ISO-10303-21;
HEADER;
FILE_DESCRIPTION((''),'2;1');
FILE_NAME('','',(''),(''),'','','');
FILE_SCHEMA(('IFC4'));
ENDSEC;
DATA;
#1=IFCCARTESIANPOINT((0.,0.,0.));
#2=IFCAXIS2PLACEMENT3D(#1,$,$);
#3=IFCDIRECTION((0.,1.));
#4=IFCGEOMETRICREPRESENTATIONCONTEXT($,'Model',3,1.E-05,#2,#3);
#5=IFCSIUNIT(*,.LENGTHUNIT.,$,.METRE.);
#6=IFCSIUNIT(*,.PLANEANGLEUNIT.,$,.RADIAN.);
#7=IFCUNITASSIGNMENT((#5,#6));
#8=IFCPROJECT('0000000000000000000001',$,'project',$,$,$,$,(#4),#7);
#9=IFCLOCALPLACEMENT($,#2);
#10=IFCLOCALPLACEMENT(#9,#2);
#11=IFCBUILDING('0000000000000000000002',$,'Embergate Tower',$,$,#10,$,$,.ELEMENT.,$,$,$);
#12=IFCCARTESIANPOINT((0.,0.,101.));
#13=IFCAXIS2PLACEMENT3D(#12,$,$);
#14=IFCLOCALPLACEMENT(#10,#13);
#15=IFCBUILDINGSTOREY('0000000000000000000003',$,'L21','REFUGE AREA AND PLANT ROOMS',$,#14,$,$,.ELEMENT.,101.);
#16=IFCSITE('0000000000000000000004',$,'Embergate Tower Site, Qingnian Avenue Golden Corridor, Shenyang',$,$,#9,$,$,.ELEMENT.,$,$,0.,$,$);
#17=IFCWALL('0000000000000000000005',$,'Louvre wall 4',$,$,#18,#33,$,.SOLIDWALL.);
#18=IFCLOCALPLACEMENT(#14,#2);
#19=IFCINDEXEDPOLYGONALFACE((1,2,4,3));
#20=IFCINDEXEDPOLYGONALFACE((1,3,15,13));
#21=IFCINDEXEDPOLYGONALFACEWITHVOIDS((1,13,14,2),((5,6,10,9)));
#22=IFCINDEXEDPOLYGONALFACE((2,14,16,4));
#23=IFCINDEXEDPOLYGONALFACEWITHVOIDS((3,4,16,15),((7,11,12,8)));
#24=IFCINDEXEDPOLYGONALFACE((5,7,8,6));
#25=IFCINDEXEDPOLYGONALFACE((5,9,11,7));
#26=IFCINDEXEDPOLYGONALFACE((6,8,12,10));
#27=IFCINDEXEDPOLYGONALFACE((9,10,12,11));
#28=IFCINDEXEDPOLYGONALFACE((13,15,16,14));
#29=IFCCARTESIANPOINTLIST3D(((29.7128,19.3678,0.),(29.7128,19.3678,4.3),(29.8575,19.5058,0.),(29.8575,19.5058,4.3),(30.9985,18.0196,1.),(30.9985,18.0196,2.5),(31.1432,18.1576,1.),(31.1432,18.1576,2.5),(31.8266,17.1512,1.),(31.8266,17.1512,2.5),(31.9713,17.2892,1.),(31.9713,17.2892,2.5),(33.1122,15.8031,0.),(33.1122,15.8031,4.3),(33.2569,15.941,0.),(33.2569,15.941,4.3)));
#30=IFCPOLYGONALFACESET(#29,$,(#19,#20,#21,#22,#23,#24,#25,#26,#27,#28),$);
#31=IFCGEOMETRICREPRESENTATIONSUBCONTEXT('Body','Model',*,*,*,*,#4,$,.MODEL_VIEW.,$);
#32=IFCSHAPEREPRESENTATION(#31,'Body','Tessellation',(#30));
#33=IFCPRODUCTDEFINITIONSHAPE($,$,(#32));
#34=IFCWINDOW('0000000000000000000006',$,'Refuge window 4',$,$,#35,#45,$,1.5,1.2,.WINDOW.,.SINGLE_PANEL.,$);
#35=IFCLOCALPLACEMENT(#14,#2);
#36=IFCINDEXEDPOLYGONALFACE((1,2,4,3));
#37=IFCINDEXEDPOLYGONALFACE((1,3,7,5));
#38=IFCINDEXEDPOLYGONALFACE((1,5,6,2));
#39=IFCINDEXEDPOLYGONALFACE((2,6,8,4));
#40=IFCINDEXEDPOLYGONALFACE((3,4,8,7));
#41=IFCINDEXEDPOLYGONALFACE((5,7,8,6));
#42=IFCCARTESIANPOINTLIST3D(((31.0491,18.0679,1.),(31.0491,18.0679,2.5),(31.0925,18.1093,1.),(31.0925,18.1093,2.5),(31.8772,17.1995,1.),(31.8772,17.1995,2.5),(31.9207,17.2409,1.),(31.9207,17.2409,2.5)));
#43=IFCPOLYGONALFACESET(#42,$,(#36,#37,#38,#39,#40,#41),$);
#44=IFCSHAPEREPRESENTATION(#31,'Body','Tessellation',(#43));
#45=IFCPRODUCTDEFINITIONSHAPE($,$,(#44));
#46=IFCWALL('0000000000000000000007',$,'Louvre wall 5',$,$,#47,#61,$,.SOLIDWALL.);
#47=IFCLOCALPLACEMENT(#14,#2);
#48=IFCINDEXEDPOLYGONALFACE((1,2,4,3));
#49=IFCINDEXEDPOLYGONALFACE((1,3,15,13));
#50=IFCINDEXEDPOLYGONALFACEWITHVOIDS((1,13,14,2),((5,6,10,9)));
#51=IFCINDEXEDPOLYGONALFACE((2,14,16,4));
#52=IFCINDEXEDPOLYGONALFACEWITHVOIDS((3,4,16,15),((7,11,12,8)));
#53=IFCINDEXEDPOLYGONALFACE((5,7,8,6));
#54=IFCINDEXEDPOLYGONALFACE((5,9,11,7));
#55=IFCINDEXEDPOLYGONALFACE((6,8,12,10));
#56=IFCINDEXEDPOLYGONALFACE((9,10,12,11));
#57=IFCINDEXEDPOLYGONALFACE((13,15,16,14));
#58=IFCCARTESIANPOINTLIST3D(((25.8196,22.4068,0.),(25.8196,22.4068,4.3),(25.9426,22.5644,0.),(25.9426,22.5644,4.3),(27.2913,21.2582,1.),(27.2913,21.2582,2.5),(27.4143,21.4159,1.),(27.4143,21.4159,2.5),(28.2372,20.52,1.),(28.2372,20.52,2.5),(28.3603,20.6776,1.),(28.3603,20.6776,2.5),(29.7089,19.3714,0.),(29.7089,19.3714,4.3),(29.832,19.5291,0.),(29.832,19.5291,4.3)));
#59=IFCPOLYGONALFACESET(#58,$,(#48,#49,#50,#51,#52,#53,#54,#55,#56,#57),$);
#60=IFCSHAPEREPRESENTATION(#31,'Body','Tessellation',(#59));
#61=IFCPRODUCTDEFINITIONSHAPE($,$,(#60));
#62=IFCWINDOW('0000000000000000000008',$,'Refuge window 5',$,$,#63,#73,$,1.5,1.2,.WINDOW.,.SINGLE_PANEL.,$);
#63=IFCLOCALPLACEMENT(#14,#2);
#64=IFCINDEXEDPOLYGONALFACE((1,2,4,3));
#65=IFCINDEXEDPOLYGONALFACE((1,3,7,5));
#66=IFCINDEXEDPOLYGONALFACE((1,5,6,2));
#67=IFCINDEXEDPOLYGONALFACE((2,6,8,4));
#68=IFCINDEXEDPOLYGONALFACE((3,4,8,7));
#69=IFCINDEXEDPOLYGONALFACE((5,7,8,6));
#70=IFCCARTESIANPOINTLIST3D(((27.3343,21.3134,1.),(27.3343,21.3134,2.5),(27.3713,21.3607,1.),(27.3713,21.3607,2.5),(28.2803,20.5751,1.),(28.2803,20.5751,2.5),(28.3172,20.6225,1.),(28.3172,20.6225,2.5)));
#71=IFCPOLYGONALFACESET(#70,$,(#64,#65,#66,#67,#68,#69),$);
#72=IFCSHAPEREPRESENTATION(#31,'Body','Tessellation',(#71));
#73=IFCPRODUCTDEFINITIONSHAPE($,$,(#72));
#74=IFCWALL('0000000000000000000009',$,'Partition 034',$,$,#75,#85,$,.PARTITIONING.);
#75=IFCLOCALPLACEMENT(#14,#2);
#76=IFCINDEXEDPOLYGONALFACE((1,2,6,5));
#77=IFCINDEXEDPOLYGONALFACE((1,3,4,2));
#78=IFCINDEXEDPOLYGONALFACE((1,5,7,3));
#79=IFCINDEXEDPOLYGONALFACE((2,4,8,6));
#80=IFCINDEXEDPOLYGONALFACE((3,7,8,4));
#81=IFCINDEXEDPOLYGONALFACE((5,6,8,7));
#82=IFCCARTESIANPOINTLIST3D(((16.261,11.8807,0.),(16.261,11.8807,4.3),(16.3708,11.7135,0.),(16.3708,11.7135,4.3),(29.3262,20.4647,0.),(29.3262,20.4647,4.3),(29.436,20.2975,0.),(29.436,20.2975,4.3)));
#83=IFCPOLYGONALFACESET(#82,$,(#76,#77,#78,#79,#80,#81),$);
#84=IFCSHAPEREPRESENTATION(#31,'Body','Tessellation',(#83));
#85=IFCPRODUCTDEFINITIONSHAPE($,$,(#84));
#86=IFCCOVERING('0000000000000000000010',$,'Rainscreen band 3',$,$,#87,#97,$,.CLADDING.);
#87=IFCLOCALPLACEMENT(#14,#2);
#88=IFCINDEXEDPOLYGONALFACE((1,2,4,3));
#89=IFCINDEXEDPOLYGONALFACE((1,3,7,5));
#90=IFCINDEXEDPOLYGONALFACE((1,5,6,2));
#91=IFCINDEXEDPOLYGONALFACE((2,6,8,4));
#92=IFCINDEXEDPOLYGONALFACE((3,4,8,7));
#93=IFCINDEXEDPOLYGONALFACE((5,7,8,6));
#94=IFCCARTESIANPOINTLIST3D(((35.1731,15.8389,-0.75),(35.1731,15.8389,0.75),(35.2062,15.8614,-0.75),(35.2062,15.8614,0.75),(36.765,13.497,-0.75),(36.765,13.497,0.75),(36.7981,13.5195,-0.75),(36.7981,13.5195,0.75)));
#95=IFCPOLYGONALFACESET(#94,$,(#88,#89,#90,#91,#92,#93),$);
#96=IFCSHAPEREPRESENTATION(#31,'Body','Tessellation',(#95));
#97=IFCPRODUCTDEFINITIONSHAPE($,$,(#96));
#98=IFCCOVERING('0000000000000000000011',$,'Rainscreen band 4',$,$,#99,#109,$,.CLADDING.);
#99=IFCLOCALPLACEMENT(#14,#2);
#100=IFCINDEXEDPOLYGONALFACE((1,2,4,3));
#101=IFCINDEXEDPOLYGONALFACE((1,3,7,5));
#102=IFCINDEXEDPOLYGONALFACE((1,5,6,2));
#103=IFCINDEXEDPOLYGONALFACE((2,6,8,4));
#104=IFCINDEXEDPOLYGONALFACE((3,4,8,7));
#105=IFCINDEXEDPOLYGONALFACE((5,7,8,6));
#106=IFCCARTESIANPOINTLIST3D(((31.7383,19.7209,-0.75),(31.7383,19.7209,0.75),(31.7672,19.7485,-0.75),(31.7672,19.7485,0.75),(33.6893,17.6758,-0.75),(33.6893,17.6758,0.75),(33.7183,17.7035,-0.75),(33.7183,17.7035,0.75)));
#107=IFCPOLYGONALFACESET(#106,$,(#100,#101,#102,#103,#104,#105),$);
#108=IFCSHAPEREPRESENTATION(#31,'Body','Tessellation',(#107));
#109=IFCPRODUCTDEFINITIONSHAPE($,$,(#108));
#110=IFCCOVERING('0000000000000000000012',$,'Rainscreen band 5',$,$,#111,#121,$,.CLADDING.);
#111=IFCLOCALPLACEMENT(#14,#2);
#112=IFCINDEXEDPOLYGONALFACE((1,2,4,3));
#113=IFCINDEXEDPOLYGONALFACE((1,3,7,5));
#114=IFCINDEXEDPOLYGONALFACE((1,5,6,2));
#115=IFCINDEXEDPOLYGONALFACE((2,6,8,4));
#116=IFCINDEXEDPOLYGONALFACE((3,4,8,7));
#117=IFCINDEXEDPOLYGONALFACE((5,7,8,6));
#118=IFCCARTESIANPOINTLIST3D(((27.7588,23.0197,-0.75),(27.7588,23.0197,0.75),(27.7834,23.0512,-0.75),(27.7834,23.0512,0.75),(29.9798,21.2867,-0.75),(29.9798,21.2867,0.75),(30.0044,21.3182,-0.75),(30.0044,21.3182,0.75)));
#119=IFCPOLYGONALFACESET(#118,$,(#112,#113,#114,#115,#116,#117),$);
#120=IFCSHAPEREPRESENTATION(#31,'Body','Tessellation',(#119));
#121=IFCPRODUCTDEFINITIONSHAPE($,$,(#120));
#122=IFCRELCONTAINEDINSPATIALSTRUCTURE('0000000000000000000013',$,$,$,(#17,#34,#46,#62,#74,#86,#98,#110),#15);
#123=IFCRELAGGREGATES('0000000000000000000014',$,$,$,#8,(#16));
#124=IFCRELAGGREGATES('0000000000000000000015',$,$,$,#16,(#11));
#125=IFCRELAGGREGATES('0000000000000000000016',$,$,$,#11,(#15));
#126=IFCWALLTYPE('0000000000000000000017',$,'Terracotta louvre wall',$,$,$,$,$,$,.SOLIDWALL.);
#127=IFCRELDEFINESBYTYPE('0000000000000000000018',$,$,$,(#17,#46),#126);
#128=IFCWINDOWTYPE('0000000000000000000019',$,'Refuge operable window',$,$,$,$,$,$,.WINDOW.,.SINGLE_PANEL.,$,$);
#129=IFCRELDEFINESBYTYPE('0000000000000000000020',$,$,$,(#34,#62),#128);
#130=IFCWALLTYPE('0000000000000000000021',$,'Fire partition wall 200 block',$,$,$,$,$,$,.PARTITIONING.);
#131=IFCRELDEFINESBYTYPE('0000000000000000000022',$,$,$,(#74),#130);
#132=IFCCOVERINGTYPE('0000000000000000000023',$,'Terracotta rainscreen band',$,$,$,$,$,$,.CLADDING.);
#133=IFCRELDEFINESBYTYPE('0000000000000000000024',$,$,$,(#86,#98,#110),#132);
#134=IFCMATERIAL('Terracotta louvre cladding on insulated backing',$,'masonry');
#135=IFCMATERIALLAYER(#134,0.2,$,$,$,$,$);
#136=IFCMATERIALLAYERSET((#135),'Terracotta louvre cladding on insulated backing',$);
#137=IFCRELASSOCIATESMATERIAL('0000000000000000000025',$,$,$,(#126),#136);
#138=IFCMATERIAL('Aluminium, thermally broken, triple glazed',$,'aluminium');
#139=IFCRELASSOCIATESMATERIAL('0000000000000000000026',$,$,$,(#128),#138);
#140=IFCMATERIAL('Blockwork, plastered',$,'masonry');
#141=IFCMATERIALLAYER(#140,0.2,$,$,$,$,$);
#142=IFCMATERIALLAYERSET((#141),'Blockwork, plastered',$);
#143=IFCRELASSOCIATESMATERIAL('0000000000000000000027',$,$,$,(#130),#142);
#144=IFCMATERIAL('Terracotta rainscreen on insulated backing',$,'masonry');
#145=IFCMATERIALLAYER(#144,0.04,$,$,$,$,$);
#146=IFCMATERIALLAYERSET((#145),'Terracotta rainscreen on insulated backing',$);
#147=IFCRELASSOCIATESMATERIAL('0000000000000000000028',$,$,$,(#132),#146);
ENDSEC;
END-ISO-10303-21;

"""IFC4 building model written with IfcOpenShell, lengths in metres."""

from ifc_helpers import new_model, si_unit, direction, frame, frame_2d, origin, origin_2d, place, context, subcontext, project, spatial, rectangle, extrude, source, transform, mapped, material, layer, layer_set, type_object, element, fill, save


model = new_model("IFC4")

# Units and contexts
model_context = context("Model", 3, precision=1e-05, world=origin(), true_north=direction((0.0, 1.0)))
body_context = subcontext(model_context, "Body", "Model", "MODEL_VIEW")
ifc_project = project(units=[si_unit("LENGTHUNIT", "METRE"), si_unit("PLANEANGLEUNIT", "RADIAN")], contexts=[model_context])

# Site, building, storey
site_placement = place(None, origin())
site = spatial("IfcSite", under=ifc_project, at=site_placement, Name="Embergate Tower Site, Qingnian Avenue Golden Corridor, Shenyang", CompositionType="ELEMENT", RefElevation=0.0)
building_placement = place(site_placement, origin())
building = spatial("IfcBuilding", under=site, at=building_placement, Name="Embergate Tower", CompositionType="ELEMENT")
storey_placement = place(building_placement, frame((0.0, 0.0, 101.0)))
storey = spatial("IfcBuildingStorey", under=building, at=storey_placement, Name="L21", Description="REFUGE AREA AND PLANT ROOMS", CompositionType="ELEMENT", Elevation=101.0)

# Walls, openings, windows
ifc_material_1 = material(Name="Terracotta louvre cladding on insulated backing", Category="masonry")
ifc_layer_1 = layer(ifc_material_1, 0.2)
ifc_layer_set_1 = layer_set([ifc_layer_1], Name="Terracotta louvre cladding on insulated backing")
wall_type_1 = type_object("IfcWallType", Name="Terracotta louvre wall", PredefinedType="SOLIDWALL", material=ifc_layer_set_1)
shared_shape_1 = source(origin(), body_context, "Body", "SweptSolid", [
    extrude(rectangle(XDim=1.2, YDim=1.5, at=frame_2d((0.6001, 0.75))), frame((0.0, 0.1099, 0.0), z_axis=(0.0, -1.0, 0.0), x_axis=(1.0, 0.0, 0.0)), (0.0, 0.0, 1.0), 0.22),
])
ifc_material_2 = material(Name="Aluminium, thermally broken, triple glazed", Category="aluminium")
window_type = type_object("IfcWindowType", Name="Refuge operable window", PartitioningType="SINGLE_PANEL", PredefinedType="WINDOW", material=ifc_material_2)
shared_shape_2 = source(origin(), body_context, "Body", "SweptSolid", [
    extrude(rectangle(XDim=1.2, YDim=1.5, at=frame_2d((0.6001, 0.75))), frame((0.0, 0.03, 0.0), z_axis=(0.0, -1.0, 0.0), x_axis=(1.0, 0.0, 0.0)), (0.0, 0.0, 1.0), 0.0601),
])
shared_shape_3 = source(origin(), body_context, "Body", "SweptSolid", [
    extrude(rectangle(XDim=4.9258, YDim=0.2, at=frame_2d((2.4629, 0.0))), origin(), (0.0, 0.0, 1.0), 4.3),
])
wall_1_placement = place(storey_placement, frame((29.7852, 19.4368, 0.0), z_axis=(0.0, 0.0, 1.0), x_axis=(0.69013, -0.723685, 0.0)))
wall_1 = element("IfcWall", 1, at=wall_1_placement, inside=storey, type_object=wall_type_1, Name="Louvre wall 4", PredefinedType="SOLIDWALL", context=body_context, shape_type="MappedRepresentation", body=[
    mapped(shared_shape_3, transform((0.0, 0.0, 0.0))),
])
opening_1_placement = place(wall_1_placement, frame((1.8628, 0.0, 1.0)))
opening_1 = element("IfcOpeningElement", 2, at=opening_1_placement, cuts=wall_1, PredefinedType="OPENING", context=body_context, shape_type="MappedRepresentation", body=[
    mapped(shared_shape_1, transform((0.0, 0.0, 0.0))),
])
window_1_placement = place(opening_1_placement, origin())
window_1 = element("IfcWindow", 3, at=window_1_placement, inside=storey, type_object=window_type, Name="Refuge window 4", OverallHeight=1.5, OverallWidth=1.2, PartitioningType="SINGLE_PANEL", PredefinedType="WINDOW", context=body_context, shape_type="MappedRepresentation", body=[
    mapped(shared_shape_2, transform((0.0, 0.0, 0.0))),
])
fill(opening_1, window_1)
shared_shape_4 = source(origin(), body_context, "Body", "SweptSolid", [
    extrude(rectangle(XDim=4.9336, YDim=0.2, at=frame_2d((2.4668, 0.0))), origin(), (0.0, 0.0, 1.0), 4.3),
])
wall_2_placement = place(storey_placement, frame((25.8811, 22.4856, 0.0), z_axis=(0.0, 0.0, 1.0), x_axis=(0.788339, -0.615242, 0.0)))
wall_2 = element("IfcWall", 4, at=wall_2_placement, inside=storey, type_object=wall_type_1, Name="Louvre wall 5", PredefinedType="SOLIDWALL", context=body_context, shape_type="MappedRepresentation", body=[
    mapped(shared_shape_4, transform((0.0, 0.0, 0.0))),
])
opening_2_placement = place(wall_2_placement, frame((1.8667, 0.0, 1.0)))
opening_2 = element("IfcOpeningElement", 5, at=opening_2_placement, cuts=wall_2, PredefinedType="OPENING", context=body_context, shape_type="MappedRepresentation", body=[
    mapped(shared_shape_1, transform((0.0, 0.0, 0.0))),
])
window_2_placement = place(opening_2_placement, origin())
window_2 = element("IfcWindow", 6, at=window_2_placement, inside=storey, type_object=window_type, Name="Refuge window 5", OverallHeight=1.5, OverallWidth=1.2, PartitioningType="SINGLE_PANEL", PredefinedType="WINDOW", context=body_context, shape_type="MappedRepresentation", body=[
    mapped(shared_shape_2, transform((0.0, 0.0, 0.0))),
])
fill(opening_2, window_2)

# Wall
ifc_material_3 = material(Name="Blockwork, plastered", Category="masonry")
ifc_layer_2 = layer(ifc_material_3, 0.2)
ifc_layer_set_2 = layer_set([ifc_layer_2], Name="Blockwork, plastered")
wall_type_2 = type_object("IfcWallType", Name="Fire partition wall 200 block", PredefinedType="PARTITIONING", material=ifc_layer_set_2)
shared_shape_5 = source(origin(), body_context, "Body", "SweptSolid", [
    extrude(rectangle(XDim=15.6328, YDim=0.2, at=frame_2d((7.8164, 0.0))), origin(), (0.0, 0.0, 1.0), 4.3),
])
wall_3_placement = place(storey_placement, frame((29.3811, 20.3811, 0.0), z_axis=(0.0, 0.0, 1.0), x_axis=(-0.835756, -0.549102, 0.0)))
element("IfcWall", 7, at=wall_3_placement, inside=storey, type_object=wall_type_2, Name="Partition 034", PredefinedType="PARTITIONING", context=body_context, shape_type="MappedRepresentation", body=[
    mapped(shared_shape_5, transform((0.0, 0.0, 0.0))),
])

# Coverings
ifc_material_4 = material(Name="Terracotta rainscreen on insulated backing", Category="masonry")
ifc_layer_3 = layer(ifc_material_4, 0.04)
ifc_layer_set_3 = layer_set([ifc_layer_3], Name="Terracotta rainscreen on insulated backing")
covering_type = type_object("IfcCoveringType", Name="Terracotta rainscreen band", PredefinedType="CLADDING", material=ifc_layer_set_3)
shared_shape_6 = source(origin(), body_context, "Body", "SweptSolid", [
    extrude(rectangle(XDim=2.8318, YDim=0.04, at=origin_2d()), origin(), (0.0, 0.0, 1.0), 1.5),
])
covering_1_placement = place(storey_placement, frame((35.9856, 14.6792, -0.75), z_axis=(0.0, 0.0, 1.0), x_axis=(-0.562174, 0.827019, 0.0)))
element("IfcCovering", 8, at=covering_1_placement, inside=storey, type_object=covering_type, Name="Rainscreen band 3", PredefinedType="CLADDING", context=body_context, shape_type="MappedRepresentation", body=[
    mapped(shared_shape_6, transform((0.0, 0.0, 0.0))),
])
shared_shape_7 = source(origin(), body_context, "Body", "SweptSolid", [
    extrude(rectangle(XDim=2.8264, YDim=0.04, at=origin_2d()), origin(), (0.0, 0.0, 1.0), 1.5),
])
covering_2_placement = place(storey_placement, frame((32.7283, 18.7122, -0.75), z_axis=(0.0, 0.0, 1.0), x_axis=(-0.690282, 0.723541, 0.0)))
element("IfcCovering", 9, at=covering_2_placement, inside=storey, type_object=covering_type, Name="Rainscreen band 4", PredefinedType="CLADDING", context=body_context, shape_type="MappedRepresentation", body=[
    mapped(shared_shape_7, transform((0.0, 0.0, 0.0))),
])
shared_shape_8 = source(origin(), body_context, "Body", "SweptSolid", [
    extrude(rectangle(XDim=2.8171, YDim=0.04, at=origin_2d()), origin(), (0.0, 0.0, 1.0), 1.5),
])
covering_3_placement = place(storey_placement, frame((28.8816, 22.1689, -0.75), z_axis=(0.0, 0.0, 1.0), x_axis=(-0.788395, 0.615169, 0.0)))
element("IfcCovering", 10, at=covering_3_placement, inside=storey, type_object=covering_type, Name="Rainscreen band 5", PredefinedType="CLADDING", context=body_context, shape_type="MappedRepresentation", body=[
    mapped(shared_shape_8, transform((0.0, 0.0, 0.0))),
])

save(model, "model.ifc")
